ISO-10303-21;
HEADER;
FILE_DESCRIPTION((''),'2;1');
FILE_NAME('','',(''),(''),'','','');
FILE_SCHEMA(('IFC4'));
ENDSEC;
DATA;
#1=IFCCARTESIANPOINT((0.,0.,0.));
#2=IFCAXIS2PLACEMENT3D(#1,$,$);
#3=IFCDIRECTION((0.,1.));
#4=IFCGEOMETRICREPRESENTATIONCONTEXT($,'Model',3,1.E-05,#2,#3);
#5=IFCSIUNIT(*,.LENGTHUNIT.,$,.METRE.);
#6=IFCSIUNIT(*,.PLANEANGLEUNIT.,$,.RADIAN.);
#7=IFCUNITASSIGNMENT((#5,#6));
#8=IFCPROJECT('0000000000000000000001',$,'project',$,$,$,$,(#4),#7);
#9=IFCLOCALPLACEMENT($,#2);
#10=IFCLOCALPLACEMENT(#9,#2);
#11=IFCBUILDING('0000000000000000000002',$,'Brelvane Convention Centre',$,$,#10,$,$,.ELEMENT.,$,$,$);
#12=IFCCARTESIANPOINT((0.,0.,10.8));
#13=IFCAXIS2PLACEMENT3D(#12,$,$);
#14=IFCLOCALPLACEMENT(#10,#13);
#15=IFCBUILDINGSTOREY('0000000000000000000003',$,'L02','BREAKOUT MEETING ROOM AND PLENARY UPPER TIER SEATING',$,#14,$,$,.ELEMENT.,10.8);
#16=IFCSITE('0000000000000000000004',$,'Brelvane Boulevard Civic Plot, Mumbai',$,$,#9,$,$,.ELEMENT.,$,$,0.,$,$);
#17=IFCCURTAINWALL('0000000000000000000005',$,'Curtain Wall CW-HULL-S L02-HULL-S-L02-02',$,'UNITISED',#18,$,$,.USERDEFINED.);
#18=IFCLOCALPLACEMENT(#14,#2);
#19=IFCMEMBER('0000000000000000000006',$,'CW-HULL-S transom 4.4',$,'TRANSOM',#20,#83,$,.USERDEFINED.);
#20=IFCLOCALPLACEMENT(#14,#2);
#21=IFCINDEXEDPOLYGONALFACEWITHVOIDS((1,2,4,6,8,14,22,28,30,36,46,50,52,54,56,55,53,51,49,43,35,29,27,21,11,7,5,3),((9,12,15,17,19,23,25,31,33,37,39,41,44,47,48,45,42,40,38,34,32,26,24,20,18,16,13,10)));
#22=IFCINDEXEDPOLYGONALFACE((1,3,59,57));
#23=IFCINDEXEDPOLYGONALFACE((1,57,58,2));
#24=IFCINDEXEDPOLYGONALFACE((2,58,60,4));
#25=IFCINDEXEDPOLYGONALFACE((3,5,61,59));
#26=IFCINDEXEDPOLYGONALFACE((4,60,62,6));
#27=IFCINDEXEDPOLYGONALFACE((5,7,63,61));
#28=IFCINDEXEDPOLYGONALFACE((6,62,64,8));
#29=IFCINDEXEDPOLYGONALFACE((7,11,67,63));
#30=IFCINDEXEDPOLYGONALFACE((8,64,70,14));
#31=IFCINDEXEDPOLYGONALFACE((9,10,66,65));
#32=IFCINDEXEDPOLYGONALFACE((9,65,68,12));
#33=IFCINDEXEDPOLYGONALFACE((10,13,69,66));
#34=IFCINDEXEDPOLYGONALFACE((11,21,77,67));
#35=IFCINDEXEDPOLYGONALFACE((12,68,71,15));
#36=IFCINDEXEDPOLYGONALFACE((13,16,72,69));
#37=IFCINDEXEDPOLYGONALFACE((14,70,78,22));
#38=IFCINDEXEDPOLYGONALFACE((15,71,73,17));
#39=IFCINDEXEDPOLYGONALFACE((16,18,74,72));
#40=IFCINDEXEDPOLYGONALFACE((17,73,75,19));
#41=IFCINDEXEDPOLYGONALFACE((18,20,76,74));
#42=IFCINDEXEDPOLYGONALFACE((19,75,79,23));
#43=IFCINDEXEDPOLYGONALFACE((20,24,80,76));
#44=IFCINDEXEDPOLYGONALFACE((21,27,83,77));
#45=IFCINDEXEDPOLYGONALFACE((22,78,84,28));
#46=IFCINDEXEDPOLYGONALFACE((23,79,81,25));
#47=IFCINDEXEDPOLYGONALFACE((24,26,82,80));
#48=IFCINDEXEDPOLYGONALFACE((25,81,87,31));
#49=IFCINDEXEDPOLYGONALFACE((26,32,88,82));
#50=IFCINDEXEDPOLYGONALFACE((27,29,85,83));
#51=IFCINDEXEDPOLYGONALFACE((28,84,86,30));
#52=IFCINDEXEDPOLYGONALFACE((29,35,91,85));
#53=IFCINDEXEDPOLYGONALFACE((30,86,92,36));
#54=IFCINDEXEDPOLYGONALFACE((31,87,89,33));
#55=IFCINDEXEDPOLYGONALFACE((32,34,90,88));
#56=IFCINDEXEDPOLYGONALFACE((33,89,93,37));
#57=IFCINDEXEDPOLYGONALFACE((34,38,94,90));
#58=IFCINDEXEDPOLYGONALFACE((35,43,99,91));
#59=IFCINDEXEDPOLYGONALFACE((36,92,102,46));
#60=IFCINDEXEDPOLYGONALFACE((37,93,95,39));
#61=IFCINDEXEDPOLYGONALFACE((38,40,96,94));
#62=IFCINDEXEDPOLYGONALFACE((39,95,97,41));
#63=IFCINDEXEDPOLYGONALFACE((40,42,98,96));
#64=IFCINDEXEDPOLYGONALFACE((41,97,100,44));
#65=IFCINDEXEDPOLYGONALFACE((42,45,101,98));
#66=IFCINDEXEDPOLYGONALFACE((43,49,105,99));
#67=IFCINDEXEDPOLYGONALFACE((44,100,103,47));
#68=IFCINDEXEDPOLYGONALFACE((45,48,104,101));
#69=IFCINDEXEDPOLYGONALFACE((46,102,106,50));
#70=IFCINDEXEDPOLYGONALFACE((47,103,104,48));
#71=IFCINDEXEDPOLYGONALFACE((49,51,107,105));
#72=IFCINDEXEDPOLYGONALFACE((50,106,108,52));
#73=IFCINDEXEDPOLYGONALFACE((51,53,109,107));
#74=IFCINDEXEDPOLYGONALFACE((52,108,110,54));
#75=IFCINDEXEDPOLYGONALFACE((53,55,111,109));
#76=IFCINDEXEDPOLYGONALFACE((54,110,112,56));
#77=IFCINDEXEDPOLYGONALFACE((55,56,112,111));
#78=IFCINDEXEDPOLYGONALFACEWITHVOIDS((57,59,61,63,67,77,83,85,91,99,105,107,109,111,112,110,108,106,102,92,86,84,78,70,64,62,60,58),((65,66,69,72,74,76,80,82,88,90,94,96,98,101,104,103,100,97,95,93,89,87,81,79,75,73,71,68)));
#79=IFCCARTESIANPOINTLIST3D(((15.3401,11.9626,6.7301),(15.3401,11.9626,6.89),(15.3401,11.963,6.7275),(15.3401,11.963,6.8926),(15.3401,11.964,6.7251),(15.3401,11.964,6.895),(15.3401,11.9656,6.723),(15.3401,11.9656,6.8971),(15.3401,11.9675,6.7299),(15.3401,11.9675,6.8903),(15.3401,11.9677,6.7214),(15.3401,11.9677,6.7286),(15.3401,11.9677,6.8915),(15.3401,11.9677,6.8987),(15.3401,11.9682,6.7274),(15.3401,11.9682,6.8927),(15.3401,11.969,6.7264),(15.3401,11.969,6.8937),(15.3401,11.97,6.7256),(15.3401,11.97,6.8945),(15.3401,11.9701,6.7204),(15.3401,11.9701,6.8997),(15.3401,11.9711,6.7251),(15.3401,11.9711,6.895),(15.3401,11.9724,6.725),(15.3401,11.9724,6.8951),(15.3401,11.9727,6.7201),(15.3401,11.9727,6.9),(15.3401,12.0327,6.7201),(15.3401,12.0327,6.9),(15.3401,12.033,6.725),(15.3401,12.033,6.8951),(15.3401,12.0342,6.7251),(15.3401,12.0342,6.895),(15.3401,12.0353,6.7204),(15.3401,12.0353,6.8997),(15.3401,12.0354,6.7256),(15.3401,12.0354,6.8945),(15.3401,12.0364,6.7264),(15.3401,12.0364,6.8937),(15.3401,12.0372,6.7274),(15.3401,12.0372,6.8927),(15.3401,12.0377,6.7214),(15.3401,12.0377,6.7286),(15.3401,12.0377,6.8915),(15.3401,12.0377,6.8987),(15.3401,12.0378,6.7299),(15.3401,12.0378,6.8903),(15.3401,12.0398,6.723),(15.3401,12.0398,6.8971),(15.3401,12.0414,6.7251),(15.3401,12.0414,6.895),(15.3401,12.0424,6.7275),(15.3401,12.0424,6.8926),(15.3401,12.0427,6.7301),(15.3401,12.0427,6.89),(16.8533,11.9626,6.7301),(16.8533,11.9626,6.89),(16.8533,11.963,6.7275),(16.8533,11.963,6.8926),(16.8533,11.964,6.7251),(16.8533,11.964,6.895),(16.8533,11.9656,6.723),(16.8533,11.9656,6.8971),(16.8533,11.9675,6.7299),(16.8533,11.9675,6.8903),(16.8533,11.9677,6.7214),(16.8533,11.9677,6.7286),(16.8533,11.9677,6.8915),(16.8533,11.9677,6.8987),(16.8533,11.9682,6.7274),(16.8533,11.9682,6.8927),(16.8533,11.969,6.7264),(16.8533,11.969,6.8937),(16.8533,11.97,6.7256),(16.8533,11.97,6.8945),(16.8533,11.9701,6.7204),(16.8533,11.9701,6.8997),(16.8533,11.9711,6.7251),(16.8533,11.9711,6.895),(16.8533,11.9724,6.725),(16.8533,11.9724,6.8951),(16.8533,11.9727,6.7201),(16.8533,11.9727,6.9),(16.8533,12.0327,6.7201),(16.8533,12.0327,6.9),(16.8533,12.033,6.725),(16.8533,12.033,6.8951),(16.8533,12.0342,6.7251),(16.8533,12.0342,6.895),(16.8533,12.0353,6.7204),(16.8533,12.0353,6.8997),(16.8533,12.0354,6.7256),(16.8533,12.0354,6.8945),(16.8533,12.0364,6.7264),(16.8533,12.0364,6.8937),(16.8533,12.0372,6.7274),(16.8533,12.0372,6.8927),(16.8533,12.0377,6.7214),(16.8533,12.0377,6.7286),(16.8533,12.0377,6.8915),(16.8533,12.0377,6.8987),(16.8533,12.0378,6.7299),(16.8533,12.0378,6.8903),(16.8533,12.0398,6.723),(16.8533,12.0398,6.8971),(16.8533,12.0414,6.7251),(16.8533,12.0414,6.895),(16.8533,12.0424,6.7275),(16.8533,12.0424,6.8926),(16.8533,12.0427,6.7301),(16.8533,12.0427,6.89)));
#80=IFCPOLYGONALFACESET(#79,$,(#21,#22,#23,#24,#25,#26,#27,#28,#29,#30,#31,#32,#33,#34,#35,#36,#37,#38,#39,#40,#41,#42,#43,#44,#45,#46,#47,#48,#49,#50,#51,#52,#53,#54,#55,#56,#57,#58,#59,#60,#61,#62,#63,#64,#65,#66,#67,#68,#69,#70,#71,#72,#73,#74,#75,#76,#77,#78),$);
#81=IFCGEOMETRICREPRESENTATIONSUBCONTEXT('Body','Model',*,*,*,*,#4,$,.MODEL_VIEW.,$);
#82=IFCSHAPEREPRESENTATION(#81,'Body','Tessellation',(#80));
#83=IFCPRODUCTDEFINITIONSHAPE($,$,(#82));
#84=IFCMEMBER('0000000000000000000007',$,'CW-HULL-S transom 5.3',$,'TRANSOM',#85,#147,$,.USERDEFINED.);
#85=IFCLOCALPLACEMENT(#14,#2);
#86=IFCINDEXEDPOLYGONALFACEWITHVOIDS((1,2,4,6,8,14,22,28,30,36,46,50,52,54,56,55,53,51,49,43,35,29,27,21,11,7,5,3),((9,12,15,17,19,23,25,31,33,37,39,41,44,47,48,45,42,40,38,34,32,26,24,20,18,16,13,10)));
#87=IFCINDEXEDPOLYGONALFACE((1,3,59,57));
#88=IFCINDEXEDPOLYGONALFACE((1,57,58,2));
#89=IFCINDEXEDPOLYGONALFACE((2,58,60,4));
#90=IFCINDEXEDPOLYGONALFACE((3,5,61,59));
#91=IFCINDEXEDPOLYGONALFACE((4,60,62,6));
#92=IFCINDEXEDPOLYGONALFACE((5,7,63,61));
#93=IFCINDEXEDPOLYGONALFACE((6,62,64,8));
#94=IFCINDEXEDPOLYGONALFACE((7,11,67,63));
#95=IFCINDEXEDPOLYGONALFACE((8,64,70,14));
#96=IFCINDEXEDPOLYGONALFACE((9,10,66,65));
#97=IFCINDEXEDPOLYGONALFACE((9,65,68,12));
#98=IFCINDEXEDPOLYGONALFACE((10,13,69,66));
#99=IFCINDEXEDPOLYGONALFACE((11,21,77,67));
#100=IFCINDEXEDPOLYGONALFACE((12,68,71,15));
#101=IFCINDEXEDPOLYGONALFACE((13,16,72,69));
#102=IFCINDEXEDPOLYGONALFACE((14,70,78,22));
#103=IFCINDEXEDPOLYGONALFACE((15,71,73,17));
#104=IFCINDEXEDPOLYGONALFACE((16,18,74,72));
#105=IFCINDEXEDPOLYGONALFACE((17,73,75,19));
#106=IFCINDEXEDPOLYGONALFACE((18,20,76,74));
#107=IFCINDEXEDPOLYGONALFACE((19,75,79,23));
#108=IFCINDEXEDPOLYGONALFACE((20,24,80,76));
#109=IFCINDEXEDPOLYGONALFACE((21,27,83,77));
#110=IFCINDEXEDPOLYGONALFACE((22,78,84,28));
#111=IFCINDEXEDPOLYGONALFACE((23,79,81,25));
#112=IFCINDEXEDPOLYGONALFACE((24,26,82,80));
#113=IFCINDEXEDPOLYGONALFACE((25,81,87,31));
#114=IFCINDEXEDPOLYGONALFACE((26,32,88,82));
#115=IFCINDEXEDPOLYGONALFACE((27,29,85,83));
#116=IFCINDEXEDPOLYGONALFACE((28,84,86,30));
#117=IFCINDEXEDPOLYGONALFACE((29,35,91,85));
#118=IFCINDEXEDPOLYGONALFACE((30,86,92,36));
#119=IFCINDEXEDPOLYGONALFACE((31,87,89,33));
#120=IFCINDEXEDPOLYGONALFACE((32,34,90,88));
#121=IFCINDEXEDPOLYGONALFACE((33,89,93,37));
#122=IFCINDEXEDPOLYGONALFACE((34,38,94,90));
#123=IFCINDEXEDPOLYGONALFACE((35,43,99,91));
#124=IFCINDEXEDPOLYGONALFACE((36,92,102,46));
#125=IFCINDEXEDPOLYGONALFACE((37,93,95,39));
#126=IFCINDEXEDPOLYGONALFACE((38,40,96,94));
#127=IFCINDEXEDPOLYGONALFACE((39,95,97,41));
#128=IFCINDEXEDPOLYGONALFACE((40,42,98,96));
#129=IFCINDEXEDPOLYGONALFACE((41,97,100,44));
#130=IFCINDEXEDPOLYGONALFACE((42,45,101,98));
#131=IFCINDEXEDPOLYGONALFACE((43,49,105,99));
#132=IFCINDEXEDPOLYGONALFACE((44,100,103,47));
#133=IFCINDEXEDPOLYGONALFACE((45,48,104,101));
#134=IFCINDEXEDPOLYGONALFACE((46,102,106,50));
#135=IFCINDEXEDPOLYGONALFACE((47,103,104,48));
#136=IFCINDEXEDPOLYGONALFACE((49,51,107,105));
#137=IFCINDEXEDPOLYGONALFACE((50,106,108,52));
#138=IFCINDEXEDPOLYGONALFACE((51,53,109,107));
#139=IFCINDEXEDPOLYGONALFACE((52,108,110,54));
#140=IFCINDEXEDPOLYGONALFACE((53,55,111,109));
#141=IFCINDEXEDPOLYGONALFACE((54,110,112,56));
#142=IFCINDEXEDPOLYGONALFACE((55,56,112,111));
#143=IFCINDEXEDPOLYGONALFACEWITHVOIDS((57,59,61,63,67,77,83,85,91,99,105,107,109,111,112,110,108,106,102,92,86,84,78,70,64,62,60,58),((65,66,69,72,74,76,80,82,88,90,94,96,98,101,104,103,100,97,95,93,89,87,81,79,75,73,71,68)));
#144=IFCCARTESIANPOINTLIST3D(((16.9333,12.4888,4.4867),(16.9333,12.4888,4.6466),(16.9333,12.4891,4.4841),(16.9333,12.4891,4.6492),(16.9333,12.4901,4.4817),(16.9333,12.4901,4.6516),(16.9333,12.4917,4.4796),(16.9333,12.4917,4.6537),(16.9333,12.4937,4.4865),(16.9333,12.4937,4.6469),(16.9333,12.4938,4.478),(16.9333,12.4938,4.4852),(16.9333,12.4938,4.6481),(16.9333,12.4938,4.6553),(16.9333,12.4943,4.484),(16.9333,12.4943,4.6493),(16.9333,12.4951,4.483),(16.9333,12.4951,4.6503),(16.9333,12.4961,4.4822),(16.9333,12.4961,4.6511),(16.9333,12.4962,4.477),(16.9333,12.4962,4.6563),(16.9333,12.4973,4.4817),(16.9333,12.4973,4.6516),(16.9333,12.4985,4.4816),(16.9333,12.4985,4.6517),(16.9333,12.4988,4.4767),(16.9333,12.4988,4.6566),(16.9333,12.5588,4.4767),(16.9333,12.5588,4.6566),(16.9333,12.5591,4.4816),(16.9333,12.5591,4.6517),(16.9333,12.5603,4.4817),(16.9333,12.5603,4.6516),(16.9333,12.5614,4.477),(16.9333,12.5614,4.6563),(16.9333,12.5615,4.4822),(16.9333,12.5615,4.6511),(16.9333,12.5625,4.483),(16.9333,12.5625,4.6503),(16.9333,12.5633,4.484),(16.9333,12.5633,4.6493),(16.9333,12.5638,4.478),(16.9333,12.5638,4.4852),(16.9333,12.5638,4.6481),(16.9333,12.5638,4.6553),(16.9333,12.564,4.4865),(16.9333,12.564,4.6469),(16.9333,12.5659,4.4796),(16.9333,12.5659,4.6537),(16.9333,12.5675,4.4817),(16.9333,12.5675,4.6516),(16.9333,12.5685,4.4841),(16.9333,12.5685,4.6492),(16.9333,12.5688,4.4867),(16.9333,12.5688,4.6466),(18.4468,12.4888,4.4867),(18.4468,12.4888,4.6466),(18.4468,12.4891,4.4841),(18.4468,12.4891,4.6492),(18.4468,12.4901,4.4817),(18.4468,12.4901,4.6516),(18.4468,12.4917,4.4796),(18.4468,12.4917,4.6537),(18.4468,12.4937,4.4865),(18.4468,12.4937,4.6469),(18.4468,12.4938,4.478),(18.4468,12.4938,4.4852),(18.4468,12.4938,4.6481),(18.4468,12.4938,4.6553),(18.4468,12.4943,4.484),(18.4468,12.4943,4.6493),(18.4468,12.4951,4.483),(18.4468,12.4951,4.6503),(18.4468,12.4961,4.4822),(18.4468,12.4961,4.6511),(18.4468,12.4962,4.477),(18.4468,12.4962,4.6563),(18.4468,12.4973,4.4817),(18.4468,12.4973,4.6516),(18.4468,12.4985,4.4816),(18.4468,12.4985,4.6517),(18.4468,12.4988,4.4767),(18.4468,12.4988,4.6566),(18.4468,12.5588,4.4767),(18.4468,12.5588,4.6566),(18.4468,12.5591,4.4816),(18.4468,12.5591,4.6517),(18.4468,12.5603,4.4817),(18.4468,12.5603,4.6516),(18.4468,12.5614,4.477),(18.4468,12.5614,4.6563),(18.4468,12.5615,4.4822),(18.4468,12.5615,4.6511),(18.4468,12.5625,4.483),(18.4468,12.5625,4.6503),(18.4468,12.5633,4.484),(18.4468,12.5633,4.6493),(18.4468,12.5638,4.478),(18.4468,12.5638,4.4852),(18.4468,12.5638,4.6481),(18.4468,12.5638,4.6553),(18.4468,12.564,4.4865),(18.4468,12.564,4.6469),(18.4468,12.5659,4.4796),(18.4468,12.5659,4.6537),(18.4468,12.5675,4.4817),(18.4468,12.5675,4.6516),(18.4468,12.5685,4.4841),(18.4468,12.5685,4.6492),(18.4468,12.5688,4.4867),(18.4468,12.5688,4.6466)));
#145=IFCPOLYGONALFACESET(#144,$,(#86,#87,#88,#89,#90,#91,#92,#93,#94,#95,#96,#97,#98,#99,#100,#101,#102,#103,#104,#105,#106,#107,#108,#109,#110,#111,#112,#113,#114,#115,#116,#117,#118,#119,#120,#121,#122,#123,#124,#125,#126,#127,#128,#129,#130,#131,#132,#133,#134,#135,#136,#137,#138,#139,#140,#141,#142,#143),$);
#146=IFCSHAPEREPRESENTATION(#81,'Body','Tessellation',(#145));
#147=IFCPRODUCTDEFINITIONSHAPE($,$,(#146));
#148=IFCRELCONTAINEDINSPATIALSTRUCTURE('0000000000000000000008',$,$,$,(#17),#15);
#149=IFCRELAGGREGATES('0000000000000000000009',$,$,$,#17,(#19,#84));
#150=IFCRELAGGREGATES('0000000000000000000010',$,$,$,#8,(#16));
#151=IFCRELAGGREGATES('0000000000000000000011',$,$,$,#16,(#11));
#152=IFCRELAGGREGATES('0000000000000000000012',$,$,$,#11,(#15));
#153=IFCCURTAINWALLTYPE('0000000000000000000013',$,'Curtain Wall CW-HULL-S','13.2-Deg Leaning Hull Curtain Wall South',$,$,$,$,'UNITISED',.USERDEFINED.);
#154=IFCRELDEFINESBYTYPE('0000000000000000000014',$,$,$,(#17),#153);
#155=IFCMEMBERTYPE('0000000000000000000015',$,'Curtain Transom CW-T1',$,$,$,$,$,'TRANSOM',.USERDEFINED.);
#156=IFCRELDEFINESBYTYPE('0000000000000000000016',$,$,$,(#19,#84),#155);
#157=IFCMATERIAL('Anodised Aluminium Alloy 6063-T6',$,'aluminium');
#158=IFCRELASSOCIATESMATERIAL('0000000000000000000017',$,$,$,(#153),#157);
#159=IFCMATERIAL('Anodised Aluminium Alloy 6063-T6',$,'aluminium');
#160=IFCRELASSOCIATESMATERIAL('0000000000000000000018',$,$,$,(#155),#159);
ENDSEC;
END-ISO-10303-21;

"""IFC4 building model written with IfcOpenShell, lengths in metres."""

from ifc_helpers import new_model, si_unit, direction, frame, origin, origin_2d, place, context, subcontext, project, spatial, hollow_rectangle, extrude, material, material_profile, profile_set, type_object, element, aggregate, save


model = new_model("IFC4")

# Units and contexts
model_context = context("Model", 3, precision=1e-05, world=origin(), true_north=direction((0.0, 1.0)))
body_context = subcontext(model_context, "Body", "Model", "MODEL_VIEW")
ifc_project = project(units=[si_unit("LENGTHUNIT", "METRE"), si_unit("PLANEANGLEUNIT", "RADIAN")], contexts=[model_context])

# Site, building, storey
site_placement = place(None, origin())
site = spatial("IfcSite", under=ifc_project, at=site_placement, Name="Brelvane Boulevard Civic Plot, Mumbai", CompositionType="ELEMENT", RefElevation=0.0)
building_placement = place(site_placement, origin())
building = spatial("IfcBuilding", under=site, at=building_placement, Name="Brelvane Convention Centre", CompositionType="ELEMENT")
storey_placement = place(building_placement, frame((0.0, 0.0, 10.8)))
storey = spatial("IfcBuildingStorey", under=building, at=storey_placement, Name="L02", Description="BREAKOUT MEETING ROOM AND PLENARY UPPER TIER SEATING", CompositionType="ELEMENT", Elevation=10.8)

# Curtain wall, members
ifc_material_1 = material(Name="Anodised Aluminium Alloy 6063-T6", Category="aluminium")
curtain_wall_type = type_object("IfcCurtainWallType", Name="Curtain Wall CW-HULL-S", Description="13.2-Deg Leaning Hull Curtain Wall South", ElementType="UNITISED", PredefinedType="USERDEFINED", material=ifc_material_1)
ifc_material_2 = material(Name="Anodised Aluminium Alloy 6063-T6", Category="aluminium")
ifc_material_profile = material_profile(ifc_material_2, hollow_rectangle(XDim=0.0801, YDim=0.1799, WallThickness=0.0049, InnerFilletRadius=0.0049, OuterFilletRadius=0.01, at=origin_2d()), Name="ALU-T 180x80x5.0")
ifc_profile_set = profile_set([ifc_material_profile], Name="Anodised Aluminium Alloy 6063-T6")
member_type = type_object("IfcMemberType", Name="Curtain Transom CW-T1", ElementType="TRANSOM", PredefinedType="USERDEFINED", material=ifc_profile_set)
curtain_wall_1_placement = place(storey_placement, origin())
curtain_wall_1 = element("IfcCurtainWall", 1, at=curtain_wall_1_placement, inside=storey, type_object=curtain_wall_type, Name="Curtain Wall CW-HULL-S L02-HULL-S-L02-02", ObjectType="UNITISED", PredefinedType="USERDEFINED")
member_1_placement = place(storey_placement, frame((15.3401, 12.0027, 6.8101), z_axis=(1.0, 0.0, 0.0), x_axis=(0.0, 1.0, 0.0)))
member_1 = element("IfcMember", 2, at=member_1_placement, type_object=member_type, Name="CW-HULL-S transom 4.4", ObjectType="TRANSOM", PredefinedType="USERDEFINED", context=body_context, shape_type="SweptSolid", body=[
    extrude(hollow_rectangle(XDim=0.0801, YDim=0.1799, WallThickness=0.0049, InnerFilletRadius=0.0049, OuterFilletRadius=0.01, at=origin_2d()), origin(), (0.0, 0.0, 1.0), 1.5132),
])
member_2_placement = place(storey_placement, frame((16.9333, 12.5288, 4.5667), z_axis=(1.0, 0.0, 0.0), x_axis=(0.0, 1.0, 0.0)))
member_2 = element("IfcMember", 3, at=member_2_placement, type_object=member_type, Name="CW-HULL-S transom 5.3", ObjectType="TRANSOM", PredefinedType="USERDEFINED", context=body_context, shape_type="SweptSolid", body=[
    extrude(hollow_rectangle(XDim=0.0801, YDim=0.1799, WallThickness=0.0049, InnerFilletRadius=0.0049, OuterFilletRadius=0.01, at=origin_2d()), origin(), (0.0, 0.0, 1.0), 1.5134),
])

aggregate(curtain_wall_1, [member_1, member_2])

save(model, "model.ifc")
